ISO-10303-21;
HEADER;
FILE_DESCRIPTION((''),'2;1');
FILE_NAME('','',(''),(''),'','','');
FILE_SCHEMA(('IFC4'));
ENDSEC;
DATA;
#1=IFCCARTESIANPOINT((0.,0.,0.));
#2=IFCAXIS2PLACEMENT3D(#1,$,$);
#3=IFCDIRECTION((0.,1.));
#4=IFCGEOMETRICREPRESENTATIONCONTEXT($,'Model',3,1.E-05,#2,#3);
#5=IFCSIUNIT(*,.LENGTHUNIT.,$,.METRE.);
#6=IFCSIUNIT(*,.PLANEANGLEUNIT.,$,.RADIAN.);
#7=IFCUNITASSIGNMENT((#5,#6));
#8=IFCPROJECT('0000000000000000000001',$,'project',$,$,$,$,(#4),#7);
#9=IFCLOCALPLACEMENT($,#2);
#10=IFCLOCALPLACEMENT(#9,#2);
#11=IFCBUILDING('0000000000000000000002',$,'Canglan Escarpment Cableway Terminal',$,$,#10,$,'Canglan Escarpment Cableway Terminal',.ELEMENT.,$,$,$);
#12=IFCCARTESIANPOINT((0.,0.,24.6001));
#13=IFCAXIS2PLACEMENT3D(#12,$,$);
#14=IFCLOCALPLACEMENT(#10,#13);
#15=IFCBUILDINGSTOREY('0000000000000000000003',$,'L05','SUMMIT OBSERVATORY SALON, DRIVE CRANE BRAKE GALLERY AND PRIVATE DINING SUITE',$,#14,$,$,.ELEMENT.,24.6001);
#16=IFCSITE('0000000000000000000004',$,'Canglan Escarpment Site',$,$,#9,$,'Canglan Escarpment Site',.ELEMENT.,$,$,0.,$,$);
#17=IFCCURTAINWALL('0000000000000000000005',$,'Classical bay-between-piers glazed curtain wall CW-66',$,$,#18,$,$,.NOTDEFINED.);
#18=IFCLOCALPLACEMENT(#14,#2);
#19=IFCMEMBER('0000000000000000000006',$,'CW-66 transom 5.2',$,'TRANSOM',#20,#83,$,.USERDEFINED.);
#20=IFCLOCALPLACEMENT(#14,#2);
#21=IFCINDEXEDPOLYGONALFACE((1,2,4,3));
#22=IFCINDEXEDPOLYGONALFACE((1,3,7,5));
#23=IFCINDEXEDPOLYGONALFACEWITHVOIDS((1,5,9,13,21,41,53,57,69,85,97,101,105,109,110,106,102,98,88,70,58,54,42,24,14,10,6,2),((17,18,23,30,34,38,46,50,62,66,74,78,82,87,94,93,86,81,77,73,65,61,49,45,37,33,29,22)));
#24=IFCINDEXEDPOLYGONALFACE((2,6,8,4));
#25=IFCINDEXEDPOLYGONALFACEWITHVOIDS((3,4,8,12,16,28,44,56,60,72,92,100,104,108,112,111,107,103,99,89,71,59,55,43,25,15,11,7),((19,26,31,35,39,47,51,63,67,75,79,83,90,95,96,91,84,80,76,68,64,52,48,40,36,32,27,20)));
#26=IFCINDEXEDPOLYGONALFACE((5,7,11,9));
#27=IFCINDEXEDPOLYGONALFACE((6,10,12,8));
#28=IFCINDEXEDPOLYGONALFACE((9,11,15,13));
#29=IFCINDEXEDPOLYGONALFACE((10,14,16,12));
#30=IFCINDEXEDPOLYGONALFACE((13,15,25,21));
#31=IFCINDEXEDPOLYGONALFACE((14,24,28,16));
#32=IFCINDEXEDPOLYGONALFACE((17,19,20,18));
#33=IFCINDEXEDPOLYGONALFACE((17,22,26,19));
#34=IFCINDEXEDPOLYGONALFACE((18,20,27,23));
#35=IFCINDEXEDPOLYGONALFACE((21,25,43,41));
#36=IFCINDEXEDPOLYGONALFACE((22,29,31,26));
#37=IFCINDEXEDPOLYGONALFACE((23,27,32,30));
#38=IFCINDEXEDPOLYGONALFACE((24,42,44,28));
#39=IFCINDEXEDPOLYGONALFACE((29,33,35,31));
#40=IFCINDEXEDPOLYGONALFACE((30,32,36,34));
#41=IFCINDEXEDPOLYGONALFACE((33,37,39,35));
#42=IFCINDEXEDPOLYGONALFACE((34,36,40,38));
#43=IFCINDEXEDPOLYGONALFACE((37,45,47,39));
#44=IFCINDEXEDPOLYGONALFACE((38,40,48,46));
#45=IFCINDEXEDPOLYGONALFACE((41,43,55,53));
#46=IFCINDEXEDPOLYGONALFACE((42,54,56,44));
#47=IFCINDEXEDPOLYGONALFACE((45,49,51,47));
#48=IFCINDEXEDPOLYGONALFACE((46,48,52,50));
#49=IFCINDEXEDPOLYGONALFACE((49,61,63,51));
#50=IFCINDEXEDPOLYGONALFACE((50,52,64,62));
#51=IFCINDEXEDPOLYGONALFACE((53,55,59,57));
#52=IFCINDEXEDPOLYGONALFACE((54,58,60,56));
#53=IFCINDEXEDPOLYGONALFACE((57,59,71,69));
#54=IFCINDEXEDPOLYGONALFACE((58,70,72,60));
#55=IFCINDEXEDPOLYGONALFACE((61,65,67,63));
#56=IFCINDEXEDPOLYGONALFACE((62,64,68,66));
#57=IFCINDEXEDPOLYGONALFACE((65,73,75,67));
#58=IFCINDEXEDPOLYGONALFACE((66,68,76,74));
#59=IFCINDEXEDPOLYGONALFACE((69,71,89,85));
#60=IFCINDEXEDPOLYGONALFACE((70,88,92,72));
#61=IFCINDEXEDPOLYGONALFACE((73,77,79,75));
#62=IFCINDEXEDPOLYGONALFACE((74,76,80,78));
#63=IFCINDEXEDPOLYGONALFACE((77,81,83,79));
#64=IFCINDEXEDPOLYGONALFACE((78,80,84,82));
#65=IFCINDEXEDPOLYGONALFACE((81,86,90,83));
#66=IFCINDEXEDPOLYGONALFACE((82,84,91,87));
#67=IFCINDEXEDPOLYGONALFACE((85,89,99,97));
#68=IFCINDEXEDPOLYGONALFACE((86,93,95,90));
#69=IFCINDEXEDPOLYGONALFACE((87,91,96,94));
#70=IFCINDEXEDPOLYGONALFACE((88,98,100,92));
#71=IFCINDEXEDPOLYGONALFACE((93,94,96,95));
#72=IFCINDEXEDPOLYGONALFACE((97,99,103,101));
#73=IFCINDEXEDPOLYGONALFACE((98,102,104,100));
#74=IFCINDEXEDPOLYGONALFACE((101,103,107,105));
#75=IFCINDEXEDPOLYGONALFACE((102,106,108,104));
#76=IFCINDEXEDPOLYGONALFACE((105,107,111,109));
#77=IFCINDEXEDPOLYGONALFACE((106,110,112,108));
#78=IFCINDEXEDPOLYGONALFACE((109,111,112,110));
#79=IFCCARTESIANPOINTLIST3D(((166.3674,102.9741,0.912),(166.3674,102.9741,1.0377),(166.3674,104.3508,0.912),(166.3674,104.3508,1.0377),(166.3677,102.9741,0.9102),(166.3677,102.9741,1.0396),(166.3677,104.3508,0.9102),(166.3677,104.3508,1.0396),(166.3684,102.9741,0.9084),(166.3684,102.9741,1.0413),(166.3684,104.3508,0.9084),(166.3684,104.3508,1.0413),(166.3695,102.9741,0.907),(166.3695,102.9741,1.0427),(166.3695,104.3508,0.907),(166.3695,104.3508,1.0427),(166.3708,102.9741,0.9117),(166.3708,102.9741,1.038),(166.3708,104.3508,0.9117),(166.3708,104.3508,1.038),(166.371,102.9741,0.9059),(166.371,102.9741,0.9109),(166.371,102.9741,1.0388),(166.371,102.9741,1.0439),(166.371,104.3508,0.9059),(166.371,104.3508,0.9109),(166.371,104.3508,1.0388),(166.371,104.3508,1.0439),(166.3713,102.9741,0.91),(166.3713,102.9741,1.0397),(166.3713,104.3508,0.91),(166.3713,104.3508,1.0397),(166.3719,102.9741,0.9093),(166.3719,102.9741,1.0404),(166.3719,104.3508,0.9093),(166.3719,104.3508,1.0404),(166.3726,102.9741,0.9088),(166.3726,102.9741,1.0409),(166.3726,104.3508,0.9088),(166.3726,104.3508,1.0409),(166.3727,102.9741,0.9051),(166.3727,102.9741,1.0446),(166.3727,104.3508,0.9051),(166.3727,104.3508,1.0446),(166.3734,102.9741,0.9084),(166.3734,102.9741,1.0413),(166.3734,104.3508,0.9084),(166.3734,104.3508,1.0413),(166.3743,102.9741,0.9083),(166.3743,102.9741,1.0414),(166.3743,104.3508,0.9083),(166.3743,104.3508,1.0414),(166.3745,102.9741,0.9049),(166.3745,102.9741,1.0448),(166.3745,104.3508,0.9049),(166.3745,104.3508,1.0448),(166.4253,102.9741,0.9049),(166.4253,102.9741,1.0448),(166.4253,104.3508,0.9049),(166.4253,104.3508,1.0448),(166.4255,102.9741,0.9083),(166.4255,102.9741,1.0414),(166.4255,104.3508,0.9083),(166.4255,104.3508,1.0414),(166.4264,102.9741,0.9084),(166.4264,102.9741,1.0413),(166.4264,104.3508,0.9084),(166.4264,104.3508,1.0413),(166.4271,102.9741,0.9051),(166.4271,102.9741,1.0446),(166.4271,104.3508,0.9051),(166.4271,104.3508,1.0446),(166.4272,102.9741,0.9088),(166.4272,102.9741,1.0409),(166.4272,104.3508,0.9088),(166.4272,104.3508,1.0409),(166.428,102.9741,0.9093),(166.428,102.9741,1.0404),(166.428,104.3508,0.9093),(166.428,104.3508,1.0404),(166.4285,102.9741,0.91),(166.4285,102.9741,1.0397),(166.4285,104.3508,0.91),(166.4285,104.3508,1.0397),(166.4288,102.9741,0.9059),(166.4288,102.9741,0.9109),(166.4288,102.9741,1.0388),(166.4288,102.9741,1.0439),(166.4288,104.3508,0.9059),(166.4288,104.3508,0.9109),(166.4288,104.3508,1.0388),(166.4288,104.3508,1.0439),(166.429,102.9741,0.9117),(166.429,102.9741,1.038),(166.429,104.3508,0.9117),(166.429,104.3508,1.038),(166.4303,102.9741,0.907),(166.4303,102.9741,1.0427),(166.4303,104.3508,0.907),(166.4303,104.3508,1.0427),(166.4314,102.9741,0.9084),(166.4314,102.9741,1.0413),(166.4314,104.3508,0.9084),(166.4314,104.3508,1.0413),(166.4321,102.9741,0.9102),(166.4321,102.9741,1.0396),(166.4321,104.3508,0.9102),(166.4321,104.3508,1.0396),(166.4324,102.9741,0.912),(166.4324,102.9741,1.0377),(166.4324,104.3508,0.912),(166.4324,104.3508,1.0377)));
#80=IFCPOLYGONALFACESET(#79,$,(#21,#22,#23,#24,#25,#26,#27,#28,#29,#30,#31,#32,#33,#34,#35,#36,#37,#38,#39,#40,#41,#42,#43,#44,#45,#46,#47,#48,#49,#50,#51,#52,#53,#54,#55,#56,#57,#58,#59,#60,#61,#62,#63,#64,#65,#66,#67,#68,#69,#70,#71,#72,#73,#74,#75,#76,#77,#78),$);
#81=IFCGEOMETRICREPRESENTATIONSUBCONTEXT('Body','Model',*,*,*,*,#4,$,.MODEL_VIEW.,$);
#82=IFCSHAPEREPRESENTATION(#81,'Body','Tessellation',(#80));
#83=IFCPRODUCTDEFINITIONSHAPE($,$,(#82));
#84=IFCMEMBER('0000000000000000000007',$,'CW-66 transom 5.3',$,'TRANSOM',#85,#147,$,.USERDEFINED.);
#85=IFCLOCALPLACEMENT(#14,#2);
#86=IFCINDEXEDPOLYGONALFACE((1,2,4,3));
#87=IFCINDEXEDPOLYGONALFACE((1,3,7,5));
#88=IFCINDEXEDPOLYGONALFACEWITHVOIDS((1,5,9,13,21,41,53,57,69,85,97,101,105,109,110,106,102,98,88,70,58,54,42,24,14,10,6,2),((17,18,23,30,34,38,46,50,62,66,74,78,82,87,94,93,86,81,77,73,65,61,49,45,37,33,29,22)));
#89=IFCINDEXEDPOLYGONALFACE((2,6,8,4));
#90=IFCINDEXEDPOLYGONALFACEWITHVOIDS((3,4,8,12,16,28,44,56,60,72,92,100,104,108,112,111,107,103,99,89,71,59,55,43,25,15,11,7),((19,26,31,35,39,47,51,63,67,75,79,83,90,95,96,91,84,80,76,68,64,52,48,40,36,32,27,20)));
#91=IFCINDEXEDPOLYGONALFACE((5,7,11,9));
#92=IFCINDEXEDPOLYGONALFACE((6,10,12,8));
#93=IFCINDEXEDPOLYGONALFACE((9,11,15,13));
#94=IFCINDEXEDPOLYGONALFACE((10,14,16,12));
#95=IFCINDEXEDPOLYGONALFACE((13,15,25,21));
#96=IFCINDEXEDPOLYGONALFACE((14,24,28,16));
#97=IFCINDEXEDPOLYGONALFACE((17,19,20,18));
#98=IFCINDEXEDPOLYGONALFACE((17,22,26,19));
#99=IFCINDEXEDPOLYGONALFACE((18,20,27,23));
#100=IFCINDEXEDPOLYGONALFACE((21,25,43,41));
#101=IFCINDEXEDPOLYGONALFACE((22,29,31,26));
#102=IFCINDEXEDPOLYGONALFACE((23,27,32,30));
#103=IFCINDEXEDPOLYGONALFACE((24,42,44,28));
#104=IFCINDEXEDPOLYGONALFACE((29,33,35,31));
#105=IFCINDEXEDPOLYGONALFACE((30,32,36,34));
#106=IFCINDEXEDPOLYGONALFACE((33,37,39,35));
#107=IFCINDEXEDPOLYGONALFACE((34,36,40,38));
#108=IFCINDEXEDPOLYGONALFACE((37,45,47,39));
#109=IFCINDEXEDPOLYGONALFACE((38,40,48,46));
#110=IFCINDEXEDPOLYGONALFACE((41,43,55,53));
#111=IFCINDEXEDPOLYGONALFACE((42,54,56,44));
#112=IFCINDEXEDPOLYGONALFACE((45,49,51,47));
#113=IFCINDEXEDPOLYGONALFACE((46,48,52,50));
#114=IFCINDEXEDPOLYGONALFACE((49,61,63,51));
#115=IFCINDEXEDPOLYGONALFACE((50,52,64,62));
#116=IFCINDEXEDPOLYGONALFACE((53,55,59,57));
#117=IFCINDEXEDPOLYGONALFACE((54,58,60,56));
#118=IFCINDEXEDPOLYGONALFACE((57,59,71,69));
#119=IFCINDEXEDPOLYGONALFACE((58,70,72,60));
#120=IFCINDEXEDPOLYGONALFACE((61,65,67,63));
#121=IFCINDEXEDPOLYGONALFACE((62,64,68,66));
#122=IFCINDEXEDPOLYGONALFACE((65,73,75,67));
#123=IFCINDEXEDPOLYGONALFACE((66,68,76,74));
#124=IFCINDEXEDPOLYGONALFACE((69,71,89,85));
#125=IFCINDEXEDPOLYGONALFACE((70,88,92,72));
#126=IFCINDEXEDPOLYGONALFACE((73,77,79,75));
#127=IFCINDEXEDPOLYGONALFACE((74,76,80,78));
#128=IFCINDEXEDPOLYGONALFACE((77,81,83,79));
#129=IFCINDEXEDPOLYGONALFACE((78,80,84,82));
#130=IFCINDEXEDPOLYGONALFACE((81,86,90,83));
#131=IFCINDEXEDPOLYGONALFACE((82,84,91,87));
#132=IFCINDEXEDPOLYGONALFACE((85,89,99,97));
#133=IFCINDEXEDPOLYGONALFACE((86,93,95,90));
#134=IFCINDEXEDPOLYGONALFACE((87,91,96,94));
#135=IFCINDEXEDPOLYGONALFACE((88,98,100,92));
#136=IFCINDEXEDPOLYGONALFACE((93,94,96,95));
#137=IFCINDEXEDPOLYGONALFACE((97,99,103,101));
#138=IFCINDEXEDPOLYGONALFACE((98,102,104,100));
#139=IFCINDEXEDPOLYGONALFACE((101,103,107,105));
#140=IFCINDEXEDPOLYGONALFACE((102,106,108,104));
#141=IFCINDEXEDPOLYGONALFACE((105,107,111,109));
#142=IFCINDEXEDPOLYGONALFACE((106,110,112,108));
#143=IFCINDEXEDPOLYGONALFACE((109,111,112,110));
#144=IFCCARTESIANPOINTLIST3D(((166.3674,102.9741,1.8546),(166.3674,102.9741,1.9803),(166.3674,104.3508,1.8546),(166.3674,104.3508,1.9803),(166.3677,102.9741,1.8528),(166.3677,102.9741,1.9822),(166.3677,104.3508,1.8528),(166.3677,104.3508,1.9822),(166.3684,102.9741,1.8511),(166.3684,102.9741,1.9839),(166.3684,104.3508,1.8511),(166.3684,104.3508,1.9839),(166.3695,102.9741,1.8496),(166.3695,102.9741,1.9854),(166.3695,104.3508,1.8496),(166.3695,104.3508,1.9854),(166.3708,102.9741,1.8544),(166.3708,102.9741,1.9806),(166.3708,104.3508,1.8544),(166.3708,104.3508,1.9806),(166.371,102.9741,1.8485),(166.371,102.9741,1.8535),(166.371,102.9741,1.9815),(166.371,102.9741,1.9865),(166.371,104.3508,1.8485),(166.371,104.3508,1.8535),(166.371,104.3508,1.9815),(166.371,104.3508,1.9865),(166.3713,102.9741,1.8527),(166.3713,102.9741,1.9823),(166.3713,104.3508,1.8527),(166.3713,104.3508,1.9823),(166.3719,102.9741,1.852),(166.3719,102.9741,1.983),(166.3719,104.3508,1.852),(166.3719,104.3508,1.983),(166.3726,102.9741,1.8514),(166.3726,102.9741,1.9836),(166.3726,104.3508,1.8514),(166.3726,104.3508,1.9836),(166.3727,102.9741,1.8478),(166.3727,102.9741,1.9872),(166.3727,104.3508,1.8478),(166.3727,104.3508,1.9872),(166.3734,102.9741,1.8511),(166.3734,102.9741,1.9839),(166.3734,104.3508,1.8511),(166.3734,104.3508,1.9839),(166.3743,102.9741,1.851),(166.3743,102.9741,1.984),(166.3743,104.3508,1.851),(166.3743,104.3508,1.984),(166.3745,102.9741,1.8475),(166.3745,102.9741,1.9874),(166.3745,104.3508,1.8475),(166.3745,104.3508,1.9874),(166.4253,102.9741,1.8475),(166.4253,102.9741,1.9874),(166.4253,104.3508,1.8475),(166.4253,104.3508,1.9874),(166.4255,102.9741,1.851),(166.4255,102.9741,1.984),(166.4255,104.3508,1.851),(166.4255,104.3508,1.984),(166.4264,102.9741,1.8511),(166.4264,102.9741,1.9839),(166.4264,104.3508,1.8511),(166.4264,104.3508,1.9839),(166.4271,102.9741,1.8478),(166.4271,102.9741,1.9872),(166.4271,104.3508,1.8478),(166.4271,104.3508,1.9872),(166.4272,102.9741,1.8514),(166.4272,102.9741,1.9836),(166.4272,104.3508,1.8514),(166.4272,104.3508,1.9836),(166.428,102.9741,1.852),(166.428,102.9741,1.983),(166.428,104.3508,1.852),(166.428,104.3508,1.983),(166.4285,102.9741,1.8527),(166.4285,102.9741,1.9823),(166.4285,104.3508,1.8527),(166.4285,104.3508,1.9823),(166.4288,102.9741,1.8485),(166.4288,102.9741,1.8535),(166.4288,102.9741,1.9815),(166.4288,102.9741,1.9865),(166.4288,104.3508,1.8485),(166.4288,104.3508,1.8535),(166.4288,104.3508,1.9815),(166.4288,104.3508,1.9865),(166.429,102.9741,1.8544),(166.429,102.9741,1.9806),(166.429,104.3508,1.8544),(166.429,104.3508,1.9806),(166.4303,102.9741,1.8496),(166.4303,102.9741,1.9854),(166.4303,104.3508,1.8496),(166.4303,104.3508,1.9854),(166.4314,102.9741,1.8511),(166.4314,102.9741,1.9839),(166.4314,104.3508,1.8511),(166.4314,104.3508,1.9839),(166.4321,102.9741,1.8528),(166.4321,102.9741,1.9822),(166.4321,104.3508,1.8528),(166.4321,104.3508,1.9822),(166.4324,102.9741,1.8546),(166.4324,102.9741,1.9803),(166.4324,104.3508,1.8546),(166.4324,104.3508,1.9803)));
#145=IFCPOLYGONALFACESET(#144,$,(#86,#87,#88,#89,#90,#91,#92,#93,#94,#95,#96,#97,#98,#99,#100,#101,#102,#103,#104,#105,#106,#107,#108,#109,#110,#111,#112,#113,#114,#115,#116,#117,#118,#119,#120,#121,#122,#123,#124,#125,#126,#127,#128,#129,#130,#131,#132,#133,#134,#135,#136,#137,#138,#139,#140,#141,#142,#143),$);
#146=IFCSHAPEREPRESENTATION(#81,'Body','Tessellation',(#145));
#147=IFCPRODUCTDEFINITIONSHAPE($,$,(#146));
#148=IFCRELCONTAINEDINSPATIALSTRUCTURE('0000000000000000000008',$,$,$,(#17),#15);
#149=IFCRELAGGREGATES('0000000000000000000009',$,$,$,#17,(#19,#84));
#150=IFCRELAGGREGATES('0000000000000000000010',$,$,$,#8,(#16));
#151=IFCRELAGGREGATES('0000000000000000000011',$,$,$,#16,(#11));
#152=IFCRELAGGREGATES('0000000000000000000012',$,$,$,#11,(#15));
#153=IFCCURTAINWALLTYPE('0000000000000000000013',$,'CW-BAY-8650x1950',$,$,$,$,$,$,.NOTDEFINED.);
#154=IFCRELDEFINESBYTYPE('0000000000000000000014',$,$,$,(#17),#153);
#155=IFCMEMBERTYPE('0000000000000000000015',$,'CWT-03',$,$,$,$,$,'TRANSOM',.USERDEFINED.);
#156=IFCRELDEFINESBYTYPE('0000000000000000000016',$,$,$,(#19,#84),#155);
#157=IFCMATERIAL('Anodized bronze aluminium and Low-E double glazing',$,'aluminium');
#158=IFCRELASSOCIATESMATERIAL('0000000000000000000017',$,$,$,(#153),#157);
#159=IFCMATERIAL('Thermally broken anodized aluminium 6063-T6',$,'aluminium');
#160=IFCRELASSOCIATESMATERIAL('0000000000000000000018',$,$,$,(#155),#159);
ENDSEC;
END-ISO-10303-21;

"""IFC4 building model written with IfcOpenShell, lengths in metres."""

from ifc_helpers import new_model, si_unit, direction, frame, origin, origin_2d, place, context, subcontext, project, spatial, hollow_rectangle, extrude, material, material_profile, profile_set, type_object, element, aggregate, save


model = new_model("IFC4")

# Units and contexts
model_context = context("Model", 3, precision=1e-05, world=origin(), true_north=direction((0.0, 1.0)))
body_context = subcontext(model_context, "Body", "Model", "MODEL_VIEW")
ifc_project = project(units=[si_unit("LENGTHUNIT", "METRE"), si_unit("PLANEANGLEUNIT", "RADIAN")], contexts=[model_context])

# Site, building, storey
site_placement = place(None, origin())
site = spatial("IfcSite", under=ifc_project, at=site_placement, Name="Canglan Escarpment Site", LongName="Canglan Escarpment Site", CompositionType="ELEMENT", RefElevation=0.0)
building_placement = place(site_placement, origin())
building = spatial("IfcBuilding", under=site, at=building_placement, Name="Canglan Escarpment Cableway Terminal", LongName="Canglan Escarpment Cableway Terminal", CompositionType="ELEMENT")
storey_placement = place(building_placement, frame((0.0, 0.0, 24.6001)))
storey = spatial("IfcBuildingStorey", under=building, at=storey_placement, Name="L05", Description="SUMMIT OBSERVATORY SALON, DRIVE CRANE BRAKE GALLERY AND PRIVATE DINING SUITE", CompositionType="ELEMENT", Elevation=24.6001)

# Shared definitions
ifc_material_1 = material(Name="Anodized bronze aluminium and Low-E double glazing", Category="aluminium")
curtain_wall_type = type_object("IfcCurtainWallType", Name="CW-BAY-8650x1950", PredefinedType="NOTDEFINED", material=ifc_material_1)
ifc_material_2 = material(Name="Thermally broken anodized aluminium 6063-T6", Category="aluminium")

# Curtain wall, members
curtain_wall_1_placement = place(storey_placement, origin())
curtain_wall_1 = element("IfcCurtainWall", 1, at=curtain_wall_1_placement, inside=storey, type_object=curtain_wall_type, Name="Classical bay-between-piers glazed curtain wall CW-66", PredefinedType="NOTDEFINED")
ifc_material_profile_1 = material_profile(ifc_material_2, hollow_rectangle(XDim=0.0649, YDim=0.1399, WallThickness=0.0034, InnerFilletRadius=0.0034, OuterFilletRadius=0.0071, at=origin_2d()), Name="ALU-TRAN 65x140x3.5")
ifc_profile_set_1 = profile_set([ifc_material_profile_1], Name="Thermally broken anodized aluminium 6063-T6")
member_type_1 = type_object("IfcMemberType", Name="CWT-03", ElementType="TRANSOM", PredefinedType="USERDEFINED", material=ifc_profile_set_1)
member_1_placement = place(storey_placement, frame((166.3999, 102.9741, 0.9749), z_axis=(0.0, 1.0, 0.0), x_axis=(-1.0, 0.0, 0.0)))
member_1 = element("IfcMember", 2, at=member_1_placement, type_object=member_type_1, Name="CW-66 transom 5.2", ObjectType="TRANSOM", PredefinedType="USERDEFINED", context=body_context, shape_type="SweptSolid", body=[
    extrude(hollow_rectangle(XDim=0.0649, YDim=0.1399, WallThickness=0.0034, InnerFilletRadius=0.0034, OuterFilletRadius=0.0071, at=origin_2d()), origin(), (0.0, 0.0, 1.0), 1.3767),
])
member_2_placement = place(storey_placement, frame((166.3999, 102.9741, 1.9175), z_axis=(0.0, 1.0, 0.0), x_axis=(-1.0, 0.0, 0.0)))
member_2 = element("IfcMember", 3, at=member_2_placement, type_object=member_type_1, Name="CW-66 transom 5.3", ObjectType="TRANSOM", PredefinedType="USERDEFINED", context=body_context, shape_type="SweptSolid", body=[
    extrude(hollow_rectangle(XDim=0.0649, YDim=0.1399, WallThickness=0.0034, InnerFilletRadius=0.0034, OuterFilletRadius=0.0071, at=origin_2d()), origin(), (0.0, 0.0, 1.0), 1.3767),
])

aggregate(curtain_wall_1, [member_1, member_2])

save(model, "model.ifc")
